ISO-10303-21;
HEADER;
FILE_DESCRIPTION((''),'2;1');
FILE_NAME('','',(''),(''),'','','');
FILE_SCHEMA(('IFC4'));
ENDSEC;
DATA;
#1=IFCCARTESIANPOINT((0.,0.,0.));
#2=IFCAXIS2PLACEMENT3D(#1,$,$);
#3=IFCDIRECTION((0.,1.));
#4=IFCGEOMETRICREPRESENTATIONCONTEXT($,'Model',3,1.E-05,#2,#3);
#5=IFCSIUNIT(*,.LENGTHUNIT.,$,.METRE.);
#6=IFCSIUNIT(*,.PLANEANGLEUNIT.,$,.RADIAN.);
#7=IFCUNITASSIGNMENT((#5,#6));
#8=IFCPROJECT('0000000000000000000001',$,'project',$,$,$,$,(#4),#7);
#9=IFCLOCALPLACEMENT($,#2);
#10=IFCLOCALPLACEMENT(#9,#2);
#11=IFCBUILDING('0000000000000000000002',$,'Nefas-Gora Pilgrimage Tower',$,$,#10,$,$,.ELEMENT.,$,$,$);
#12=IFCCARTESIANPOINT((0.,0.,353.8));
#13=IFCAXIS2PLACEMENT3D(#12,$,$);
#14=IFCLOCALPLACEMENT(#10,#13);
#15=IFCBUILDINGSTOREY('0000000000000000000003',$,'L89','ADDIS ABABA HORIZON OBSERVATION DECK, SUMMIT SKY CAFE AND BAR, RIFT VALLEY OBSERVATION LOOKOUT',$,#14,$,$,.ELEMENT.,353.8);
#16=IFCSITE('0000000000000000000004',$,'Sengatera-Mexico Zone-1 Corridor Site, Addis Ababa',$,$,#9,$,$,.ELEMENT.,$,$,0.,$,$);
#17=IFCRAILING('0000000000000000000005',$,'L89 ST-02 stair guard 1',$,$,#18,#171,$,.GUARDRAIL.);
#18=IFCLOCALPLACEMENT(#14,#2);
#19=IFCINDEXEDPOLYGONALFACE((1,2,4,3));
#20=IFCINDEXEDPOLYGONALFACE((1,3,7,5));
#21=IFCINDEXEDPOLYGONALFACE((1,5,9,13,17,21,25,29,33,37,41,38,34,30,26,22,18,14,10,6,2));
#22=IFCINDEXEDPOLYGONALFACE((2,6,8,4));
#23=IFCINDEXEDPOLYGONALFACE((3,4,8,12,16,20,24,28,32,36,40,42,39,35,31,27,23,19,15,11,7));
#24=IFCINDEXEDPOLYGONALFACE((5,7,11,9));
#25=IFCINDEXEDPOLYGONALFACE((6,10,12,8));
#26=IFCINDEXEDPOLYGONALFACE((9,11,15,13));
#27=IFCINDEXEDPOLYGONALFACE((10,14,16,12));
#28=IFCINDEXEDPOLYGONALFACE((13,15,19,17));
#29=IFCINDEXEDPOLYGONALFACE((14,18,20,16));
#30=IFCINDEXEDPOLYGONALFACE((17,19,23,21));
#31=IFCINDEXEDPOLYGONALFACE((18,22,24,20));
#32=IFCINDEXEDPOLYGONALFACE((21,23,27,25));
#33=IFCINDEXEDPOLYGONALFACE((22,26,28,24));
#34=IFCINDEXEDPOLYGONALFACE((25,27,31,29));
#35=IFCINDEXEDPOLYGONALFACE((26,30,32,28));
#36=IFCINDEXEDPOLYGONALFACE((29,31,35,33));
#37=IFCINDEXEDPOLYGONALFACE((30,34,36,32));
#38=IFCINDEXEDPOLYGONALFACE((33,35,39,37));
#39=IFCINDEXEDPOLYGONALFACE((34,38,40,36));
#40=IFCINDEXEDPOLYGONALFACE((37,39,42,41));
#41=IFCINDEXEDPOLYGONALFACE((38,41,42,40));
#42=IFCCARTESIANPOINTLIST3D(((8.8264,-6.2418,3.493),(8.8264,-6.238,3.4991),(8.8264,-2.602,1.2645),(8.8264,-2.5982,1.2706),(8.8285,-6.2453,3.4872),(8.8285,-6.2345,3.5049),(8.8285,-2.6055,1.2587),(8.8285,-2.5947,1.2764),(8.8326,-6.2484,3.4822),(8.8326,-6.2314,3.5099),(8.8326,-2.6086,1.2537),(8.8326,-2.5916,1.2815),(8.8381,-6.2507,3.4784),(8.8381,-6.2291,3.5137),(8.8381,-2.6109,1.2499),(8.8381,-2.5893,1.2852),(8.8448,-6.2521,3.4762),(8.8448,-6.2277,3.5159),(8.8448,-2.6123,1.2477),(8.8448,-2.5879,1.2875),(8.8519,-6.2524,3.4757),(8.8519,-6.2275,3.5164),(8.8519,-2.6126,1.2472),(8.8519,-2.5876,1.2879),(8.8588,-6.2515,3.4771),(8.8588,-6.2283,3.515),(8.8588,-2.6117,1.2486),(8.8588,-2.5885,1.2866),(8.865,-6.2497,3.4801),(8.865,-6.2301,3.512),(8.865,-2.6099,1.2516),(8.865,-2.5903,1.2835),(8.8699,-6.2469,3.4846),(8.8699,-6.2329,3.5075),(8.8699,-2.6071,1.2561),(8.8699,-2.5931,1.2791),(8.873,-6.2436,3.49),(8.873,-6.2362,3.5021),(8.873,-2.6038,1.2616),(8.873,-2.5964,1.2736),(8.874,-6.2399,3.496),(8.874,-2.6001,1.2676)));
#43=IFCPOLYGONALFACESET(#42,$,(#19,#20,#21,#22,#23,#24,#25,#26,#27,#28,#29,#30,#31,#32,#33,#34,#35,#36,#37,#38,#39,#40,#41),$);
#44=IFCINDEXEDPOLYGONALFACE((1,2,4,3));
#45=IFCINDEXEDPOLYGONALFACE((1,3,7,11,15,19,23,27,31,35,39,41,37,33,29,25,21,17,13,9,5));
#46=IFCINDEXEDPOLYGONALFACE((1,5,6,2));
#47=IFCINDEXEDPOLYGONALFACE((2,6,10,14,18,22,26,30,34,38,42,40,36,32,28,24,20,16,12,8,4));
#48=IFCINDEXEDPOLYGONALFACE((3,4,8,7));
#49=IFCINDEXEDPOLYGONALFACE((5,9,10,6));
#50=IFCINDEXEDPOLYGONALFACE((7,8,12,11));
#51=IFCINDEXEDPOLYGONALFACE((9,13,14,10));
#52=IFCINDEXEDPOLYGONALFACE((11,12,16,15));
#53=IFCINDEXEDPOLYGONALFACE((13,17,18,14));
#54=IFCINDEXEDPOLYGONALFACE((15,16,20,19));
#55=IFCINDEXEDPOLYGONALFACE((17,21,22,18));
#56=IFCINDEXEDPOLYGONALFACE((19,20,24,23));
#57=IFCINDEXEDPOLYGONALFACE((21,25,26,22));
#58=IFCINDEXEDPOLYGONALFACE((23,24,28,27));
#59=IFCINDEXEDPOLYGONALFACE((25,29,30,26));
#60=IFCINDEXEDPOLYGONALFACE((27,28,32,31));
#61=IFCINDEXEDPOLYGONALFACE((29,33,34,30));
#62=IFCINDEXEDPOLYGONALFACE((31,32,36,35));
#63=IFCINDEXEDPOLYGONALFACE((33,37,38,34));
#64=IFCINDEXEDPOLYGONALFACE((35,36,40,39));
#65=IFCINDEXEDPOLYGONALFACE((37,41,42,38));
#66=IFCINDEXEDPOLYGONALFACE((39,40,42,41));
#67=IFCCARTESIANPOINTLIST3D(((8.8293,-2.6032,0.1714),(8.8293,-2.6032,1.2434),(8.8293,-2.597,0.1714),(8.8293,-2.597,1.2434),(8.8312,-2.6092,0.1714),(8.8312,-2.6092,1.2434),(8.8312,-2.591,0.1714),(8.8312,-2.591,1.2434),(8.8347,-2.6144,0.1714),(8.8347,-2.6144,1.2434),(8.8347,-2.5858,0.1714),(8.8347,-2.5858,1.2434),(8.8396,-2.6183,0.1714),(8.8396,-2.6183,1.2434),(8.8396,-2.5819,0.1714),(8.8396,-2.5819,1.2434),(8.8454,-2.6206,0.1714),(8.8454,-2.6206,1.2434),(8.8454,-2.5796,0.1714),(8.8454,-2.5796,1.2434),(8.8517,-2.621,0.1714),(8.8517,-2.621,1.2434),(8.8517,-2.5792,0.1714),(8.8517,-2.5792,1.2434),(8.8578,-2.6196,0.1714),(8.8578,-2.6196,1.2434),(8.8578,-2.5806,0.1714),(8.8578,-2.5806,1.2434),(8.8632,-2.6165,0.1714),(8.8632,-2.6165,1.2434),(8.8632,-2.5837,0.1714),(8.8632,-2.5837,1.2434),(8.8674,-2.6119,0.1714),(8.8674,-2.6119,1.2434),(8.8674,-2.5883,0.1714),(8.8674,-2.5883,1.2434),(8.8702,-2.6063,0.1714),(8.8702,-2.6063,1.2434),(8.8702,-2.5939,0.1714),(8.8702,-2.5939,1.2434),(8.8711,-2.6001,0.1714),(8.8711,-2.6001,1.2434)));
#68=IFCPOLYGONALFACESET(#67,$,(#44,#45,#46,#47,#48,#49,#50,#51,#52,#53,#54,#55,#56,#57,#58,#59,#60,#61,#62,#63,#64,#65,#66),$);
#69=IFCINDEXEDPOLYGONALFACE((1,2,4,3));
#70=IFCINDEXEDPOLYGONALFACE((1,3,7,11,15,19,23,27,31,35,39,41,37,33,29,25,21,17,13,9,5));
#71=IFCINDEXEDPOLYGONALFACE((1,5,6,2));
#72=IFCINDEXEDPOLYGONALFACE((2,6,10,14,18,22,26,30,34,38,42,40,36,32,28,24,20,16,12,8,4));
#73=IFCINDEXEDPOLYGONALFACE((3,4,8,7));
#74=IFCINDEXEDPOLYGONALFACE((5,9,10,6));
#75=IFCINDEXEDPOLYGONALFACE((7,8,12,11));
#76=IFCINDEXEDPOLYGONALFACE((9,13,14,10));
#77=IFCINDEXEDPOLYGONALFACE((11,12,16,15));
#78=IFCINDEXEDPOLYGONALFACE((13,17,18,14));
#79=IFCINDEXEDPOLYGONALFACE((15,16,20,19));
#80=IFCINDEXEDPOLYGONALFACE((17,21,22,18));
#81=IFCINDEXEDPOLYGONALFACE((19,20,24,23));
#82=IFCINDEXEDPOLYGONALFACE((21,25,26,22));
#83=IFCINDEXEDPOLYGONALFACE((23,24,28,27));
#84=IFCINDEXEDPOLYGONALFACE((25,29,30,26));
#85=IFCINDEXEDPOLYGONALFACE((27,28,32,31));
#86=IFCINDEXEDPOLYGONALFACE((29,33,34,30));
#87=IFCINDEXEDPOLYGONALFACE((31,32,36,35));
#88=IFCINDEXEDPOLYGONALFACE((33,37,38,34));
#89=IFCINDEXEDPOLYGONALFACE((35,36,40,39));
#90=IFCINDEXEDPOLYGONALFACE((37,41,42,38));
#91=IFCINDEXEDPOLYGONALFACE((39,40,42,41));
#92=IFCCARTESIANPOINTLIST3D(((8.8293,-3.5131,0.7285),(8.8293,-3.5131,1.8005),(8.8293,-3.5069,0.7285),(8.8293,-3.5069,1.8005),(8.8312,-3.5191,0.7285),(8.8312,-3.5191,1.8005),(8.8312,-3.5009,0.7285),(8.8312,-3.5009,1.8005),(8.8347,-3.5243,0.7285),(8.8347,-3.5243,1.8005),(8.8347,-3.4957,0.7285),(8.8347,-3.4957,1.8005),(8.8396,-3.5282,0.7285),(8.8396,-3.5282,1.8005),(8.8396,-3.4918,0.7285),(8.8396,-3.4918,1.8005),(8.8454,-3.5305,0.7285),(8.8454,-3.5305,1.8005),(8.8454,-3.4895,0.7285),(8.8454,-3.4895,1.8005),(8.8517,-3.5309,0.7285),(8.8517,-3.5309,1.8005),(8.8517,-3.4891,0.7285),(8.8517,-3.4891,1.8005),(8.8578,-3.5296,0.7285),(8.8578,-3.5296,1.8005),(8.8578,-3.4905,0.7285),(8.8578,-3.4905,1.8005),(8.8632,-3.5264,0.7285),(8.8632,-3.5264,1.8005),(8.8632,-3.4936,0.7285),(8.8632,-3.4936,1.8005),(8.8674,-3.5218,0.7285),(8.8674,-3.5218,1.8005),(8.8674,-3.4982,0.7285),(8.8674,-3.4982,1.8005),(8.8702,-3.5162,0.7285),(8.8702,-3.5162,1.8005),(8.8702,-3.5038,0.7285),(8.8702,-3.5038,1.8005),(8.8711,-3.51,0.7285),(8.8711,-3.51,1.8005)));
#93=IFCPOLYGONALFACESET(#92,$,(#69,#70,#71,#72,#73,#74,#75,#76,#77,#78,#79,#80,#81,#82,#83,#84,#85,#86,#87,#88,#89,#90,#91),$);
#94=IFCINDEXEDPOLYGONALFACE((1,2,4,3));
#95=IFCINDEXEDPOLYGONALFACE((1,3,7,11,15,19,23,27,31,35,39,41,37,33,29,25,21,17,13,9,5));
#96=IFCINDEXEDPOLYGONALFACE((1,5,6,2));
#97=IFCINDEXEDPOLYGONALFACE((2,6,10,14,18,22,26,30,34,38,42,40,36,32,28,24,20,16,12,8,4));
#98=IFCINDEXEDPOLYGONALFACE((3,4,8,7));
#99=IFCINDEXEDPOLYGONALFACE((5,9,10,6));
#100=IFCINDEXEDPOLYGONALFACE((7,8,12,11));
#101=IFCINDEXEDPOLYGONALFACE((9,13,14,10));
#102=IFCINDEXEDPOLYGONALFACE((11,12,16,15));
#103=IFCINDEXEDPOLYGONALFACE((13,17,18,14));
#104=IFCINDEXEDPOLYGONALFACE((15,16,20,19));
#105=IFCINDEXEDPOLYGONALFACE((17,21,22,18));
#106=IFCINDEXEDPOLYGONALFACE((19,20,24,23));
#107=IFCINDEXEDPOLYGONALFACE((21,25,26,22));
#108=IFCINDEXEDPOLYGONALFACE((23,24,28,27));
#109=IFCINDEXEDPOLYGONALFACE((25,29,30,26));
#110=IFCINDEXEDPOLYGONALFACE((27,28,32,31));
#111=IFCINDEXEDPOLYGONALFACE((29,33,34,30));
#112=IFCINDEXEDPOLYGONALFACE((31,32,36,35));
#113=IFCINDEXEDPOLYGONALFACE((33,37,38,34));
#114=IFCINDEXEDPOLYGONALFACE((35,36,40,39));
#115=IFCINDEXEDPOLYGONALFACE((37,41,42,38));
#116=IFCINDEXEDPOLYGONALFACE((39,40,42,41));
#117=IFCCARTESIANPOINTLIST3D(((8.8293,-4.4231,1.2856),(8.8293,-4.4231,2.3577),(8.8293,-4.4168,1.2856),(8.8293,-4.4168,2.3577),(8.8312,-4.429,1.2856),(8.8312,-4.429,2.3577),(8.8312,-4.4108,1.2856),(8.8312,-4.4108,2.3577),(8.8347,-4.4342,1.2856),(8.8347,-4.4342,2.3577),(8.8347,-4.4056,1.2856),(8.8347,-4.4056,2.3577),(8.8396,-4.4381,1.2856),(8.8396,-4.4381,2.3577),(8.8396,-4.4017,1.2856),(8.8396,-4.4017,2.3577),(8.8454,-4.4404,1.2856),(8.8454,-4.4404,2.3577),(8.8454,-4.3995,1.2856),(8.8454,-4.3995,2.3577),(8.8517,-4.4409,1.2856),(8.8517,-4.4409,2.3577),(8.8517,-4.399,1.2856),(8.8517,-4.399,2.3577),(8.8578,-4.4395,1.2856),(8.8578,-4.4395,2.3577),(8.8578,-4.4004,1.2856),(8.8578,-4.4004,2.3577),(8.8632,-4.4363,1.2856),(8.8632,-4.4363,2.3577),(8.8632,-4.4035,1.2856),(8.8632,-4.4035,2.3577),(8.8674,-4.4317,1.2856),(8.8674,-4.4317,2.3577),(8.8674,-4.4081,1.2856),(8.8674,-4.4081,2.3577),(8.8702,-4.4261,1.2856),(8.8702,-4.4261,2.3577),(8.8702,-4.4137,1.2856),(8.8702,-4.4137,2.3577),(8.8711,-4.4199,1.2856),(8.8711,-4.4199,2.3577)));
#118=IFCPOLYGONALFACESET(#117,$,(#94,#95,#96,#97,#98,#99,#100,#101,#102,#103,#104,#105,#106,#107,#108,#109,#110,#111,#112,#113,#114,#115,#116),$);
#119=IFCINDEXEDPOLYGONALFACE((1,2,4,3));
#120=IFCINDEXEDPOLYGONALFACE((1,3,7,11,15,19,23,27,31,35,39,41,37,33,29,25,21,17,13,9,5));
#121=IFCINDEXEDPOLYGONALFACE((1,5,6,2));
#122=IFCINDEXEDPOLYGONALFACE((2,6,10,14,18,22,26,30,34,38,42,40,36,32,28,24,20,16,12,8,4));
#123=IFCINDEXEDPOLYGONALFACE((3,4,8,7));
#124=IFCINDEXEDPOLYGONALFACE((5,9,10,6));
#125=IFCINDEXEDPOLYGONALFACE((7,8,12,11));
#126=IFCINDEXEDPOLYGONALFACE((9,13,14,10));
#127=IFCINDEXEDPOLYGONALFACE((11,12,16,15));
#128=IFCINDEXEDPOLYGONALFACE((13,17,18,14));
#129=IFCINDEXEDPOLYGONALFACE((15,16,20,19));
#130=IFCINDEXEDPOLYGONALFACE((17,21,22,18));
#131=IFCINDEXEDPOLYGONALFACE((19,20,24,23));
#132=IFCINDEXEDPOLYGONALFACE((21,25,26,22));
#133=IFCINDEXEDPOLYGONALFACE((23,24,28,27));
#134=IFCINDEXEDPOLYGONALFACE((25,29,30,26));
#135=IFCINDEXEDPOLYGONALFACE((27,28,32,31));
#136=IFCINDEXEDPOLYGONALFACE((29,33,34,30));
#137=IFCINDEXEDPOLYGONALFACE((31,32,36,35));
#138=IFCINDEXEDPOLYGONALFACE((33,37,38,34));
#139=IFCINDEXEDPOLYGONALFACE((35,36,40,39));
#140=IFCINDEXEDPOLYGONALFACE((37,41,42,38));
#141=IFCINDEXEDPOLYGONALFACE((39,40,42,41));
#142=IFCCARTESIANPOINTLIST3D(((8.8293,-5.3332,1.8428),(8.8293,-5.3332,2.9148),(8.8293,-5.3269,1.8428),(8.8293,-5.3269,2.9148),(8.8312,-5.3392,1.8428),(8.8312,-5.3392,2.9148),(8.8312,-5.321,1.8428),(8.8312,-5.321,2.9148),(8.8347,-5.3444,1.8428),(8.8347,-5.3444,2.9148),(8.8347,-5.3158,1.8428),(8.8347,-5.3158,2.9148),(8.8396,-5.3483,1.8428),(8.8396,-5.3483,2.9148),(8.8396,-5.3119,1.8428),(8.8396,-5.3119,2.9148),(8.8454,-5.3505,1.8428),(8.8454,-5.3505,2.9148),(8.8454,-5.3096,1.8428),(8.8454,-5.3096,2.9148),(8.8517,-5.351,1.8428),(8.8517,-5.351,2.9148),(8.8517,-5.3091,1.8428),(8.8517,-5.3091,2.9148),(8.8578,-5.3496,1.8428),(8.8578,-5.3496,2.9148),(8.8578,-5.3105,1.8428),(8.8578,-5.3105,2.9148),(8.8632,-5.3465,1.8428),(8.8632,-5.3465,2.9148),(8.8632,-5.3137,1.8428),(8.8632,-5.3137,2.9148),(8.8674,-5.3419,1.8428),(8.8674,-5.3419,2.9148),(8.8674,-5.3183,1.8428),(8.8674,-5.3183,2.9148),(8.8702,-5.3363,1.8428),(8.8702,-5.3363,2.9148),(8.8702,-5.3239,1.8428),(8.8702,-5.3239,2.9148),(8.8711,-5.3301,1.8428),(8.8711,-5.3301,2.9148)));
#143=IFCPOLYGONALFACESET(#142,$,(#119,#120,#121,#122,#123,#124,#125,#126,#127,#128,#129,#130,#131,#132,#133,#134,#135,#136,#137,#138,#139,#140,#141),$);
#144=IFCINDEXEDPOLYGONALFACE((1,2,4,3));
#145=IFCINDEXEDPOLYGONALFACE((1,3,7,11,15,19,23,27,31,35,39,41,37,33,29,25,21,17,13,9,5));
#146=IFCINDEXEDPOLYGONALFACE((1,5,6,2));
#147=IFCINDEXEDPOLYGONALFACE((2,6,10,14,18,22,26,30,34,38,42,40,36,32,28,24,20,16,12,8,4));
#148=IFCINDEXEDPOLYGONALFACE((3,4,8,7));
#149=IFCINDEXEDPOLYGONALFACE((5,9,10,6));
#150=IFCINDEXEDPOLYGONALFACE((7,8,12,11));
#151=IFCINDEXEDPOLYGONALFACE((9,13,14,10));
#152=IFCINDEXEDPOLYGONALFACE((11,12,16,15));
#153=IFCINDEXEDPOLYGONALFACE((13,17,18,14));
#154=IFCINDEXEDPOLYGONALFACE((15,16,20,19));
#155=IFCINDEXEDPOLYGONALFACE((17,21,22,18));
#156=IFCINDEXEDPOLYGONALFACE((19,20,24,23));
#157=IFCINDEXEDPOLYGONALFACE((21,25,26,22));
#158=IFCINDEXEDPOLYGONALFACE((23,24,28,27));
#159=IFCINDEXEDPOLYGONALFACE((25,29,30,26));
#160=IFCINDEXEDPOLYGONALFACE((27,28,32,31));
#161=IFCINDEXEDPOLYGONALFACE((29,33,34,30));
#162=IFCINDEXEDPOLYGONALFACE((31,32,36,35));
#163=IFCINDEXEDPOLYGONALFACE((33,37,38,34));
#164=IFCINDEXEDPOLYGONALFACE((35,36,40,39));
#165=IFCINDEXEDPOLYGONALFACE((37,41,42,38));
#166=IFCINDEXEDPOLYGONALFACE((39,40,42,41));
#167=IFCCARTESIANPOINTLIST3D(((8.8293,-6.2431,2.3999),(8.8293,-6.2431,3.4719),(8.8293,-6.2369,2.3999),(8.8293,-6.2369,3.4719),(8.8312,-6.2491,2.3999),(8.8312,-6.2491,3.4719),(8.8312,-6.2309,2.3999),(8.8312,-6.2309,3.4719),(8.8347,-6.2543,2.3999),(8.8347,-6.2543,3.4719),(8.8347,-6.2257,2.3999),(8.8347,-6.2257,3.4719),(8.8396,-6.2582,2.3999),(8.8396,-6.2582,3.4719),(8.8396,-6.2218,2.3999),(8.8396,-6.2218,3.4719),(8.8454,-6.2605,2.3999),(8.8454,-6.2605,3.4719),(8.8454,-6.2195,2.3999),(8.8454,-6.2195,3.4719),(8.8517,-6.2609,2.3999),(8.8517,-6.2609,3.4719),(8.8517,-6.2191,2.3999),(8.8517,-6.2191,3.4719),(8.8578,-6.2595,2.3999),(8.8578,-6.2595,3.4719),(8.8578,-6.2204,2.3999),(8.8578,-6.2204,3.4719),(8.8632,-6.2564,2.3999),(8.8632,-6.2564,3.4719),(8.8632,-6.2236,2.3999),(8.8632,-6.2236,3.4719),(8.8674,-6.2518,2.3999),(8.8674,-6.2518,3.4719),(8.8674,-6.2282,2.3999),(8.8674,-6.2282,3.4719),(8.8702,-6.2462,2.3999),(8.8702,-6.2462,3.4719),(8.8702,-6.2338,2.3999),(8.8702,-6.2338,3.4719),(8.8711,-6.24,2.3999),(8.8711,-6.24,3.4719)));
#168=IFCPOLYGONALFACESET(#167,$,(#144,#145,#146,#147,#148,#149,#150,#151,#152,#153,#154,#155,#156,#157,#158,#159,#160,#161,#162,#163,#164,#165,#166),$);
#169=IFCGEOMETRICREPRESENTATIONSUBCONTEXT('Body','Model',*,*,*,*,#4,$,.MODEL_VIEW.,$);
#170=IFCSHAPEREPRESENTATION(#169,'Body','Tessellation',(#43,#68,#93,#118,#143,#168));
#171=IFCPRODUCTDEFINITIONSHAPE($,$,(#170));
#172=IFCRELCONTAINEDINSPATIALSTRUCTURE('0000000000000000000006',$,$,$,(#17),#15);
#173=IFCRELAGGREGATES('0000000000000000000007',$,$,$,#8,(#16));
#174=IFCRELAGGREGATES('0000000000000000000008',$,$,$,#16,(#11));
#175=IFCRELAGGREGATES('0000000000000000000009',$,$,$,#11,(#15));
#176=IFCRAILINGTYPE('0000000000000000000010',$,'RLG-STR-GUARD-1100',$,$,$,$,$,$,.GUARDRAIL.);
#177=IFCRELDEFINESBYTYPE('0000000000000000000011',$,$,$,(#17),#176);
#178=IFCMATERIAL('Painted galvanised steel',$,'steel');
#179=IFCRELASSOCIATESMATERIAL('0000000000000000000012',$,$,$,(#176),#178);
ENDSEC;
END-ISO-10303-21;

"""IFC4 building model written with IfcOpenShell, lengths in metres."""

from ifc_helpers import new_model, si_unit, direction, frame, origin, origin_2d, place, context, subcontext, project, spatial, circle, extrude, material, type_object, element, save


model = new_model("IFC4")

# Units and contexts
model_context = context("Model", 3, precision=1e-05, world=origin(), true_north=direction((0.0, 1.0)))
body_context = subcontext(model_context, "Body", "Model", "MODEL_VIEW")
ifc_project = project(units=[si_unit("LENGTHUNIT", "METRE"), si_unit("PLANEANGLEUNIT", "RADIAN")], contexts=[model_context])

# Site, building, storey
site_placement = place(None, origin())
site = spatial("IfcSite", under=ifc_project, at=site_placement, Name="Sengatera-Mexico Zone-1 Corridor Site, Addis Ababa", CompositionType="ELEMENT", RefElevation=0.0)
building_placement = place(site_placement, origin())
building = spatial("IfcBuilding", under=site, at=building_placement, Name="Nefas-Gora Pilgrimage Tower", CompositionType="ELEMENT")
storey_placement = place(building_placement, frame((0.0, 0.0, 353.8)))
storey = spatial("IfcBuildingStorey", under=building, at=storey_placement, Name="L89", Description="ADDIS ABABA HORIZON OBSERVATION DECK, SUMMIT SKY CAFE AND BAR, RIFT VALLEY OBSERVATION LOOKOUT", CompositionType="ELEMENT", Elevation=353.8)

# Railing
ifc_material_1 = material(Name="Painted galvanised steel", Category="steel")
railing_type_1 = type_object("IfcRailingType", Name="RLG-STR-GUARD-1100", PredefinedType="GUARDRAIL", material=ifc_material_1)
railing_1_placement = place(storey_placement, frame((8.8501, -2.6001, 0.1714)))
element("IfcRailing", 1, at=railing_1_placement, inside=storey, type_object=railing_type_1, Name="L89 ST-02 stair guard 1", PredefinedType="GUARDRAIL", context=body_context, shape_type="SweptSolid", body=[
    extrude(circle(Radius=0.0239, at=origin_2d()), frame((0.0, 0.0, 1.0962), z_axis=(0.0, -0.85285, 0.522156), x_axis=(1.0, 0.0, 0.0)), (0.0, 0.0, 1.0), 4.2678),
    extrude(circle(Radius=0.021, at=origin_2d()), origin(), (0.0, 0.0, 1.0), 1.072),
    extrude(circle(Radius=0.021, at=origin_2d()), frame((0.0, -0.9099, 0.5571)), (0.0, 0.0, 1.0), 1.072),
    extrude(circle(Radius=0.021, at=origin_2d()), frame((0.0, -1.8198, 1.1143)), (0.0, 0.0, 1.0), 1.072),
    extrude(circle(Radius=0.021, at=origin_2d()), frame((0.0, -2.73, 1.6714)), (0.0, 0.0, 1.0), 1.072),
    extrude(circle(Radius=0.021, at=origin_2d()), frame((0.0, -3.6399, 2.2285)), (0.0, 0.0, 1.0), 1.072),
])

save(model, "model.ifc")
